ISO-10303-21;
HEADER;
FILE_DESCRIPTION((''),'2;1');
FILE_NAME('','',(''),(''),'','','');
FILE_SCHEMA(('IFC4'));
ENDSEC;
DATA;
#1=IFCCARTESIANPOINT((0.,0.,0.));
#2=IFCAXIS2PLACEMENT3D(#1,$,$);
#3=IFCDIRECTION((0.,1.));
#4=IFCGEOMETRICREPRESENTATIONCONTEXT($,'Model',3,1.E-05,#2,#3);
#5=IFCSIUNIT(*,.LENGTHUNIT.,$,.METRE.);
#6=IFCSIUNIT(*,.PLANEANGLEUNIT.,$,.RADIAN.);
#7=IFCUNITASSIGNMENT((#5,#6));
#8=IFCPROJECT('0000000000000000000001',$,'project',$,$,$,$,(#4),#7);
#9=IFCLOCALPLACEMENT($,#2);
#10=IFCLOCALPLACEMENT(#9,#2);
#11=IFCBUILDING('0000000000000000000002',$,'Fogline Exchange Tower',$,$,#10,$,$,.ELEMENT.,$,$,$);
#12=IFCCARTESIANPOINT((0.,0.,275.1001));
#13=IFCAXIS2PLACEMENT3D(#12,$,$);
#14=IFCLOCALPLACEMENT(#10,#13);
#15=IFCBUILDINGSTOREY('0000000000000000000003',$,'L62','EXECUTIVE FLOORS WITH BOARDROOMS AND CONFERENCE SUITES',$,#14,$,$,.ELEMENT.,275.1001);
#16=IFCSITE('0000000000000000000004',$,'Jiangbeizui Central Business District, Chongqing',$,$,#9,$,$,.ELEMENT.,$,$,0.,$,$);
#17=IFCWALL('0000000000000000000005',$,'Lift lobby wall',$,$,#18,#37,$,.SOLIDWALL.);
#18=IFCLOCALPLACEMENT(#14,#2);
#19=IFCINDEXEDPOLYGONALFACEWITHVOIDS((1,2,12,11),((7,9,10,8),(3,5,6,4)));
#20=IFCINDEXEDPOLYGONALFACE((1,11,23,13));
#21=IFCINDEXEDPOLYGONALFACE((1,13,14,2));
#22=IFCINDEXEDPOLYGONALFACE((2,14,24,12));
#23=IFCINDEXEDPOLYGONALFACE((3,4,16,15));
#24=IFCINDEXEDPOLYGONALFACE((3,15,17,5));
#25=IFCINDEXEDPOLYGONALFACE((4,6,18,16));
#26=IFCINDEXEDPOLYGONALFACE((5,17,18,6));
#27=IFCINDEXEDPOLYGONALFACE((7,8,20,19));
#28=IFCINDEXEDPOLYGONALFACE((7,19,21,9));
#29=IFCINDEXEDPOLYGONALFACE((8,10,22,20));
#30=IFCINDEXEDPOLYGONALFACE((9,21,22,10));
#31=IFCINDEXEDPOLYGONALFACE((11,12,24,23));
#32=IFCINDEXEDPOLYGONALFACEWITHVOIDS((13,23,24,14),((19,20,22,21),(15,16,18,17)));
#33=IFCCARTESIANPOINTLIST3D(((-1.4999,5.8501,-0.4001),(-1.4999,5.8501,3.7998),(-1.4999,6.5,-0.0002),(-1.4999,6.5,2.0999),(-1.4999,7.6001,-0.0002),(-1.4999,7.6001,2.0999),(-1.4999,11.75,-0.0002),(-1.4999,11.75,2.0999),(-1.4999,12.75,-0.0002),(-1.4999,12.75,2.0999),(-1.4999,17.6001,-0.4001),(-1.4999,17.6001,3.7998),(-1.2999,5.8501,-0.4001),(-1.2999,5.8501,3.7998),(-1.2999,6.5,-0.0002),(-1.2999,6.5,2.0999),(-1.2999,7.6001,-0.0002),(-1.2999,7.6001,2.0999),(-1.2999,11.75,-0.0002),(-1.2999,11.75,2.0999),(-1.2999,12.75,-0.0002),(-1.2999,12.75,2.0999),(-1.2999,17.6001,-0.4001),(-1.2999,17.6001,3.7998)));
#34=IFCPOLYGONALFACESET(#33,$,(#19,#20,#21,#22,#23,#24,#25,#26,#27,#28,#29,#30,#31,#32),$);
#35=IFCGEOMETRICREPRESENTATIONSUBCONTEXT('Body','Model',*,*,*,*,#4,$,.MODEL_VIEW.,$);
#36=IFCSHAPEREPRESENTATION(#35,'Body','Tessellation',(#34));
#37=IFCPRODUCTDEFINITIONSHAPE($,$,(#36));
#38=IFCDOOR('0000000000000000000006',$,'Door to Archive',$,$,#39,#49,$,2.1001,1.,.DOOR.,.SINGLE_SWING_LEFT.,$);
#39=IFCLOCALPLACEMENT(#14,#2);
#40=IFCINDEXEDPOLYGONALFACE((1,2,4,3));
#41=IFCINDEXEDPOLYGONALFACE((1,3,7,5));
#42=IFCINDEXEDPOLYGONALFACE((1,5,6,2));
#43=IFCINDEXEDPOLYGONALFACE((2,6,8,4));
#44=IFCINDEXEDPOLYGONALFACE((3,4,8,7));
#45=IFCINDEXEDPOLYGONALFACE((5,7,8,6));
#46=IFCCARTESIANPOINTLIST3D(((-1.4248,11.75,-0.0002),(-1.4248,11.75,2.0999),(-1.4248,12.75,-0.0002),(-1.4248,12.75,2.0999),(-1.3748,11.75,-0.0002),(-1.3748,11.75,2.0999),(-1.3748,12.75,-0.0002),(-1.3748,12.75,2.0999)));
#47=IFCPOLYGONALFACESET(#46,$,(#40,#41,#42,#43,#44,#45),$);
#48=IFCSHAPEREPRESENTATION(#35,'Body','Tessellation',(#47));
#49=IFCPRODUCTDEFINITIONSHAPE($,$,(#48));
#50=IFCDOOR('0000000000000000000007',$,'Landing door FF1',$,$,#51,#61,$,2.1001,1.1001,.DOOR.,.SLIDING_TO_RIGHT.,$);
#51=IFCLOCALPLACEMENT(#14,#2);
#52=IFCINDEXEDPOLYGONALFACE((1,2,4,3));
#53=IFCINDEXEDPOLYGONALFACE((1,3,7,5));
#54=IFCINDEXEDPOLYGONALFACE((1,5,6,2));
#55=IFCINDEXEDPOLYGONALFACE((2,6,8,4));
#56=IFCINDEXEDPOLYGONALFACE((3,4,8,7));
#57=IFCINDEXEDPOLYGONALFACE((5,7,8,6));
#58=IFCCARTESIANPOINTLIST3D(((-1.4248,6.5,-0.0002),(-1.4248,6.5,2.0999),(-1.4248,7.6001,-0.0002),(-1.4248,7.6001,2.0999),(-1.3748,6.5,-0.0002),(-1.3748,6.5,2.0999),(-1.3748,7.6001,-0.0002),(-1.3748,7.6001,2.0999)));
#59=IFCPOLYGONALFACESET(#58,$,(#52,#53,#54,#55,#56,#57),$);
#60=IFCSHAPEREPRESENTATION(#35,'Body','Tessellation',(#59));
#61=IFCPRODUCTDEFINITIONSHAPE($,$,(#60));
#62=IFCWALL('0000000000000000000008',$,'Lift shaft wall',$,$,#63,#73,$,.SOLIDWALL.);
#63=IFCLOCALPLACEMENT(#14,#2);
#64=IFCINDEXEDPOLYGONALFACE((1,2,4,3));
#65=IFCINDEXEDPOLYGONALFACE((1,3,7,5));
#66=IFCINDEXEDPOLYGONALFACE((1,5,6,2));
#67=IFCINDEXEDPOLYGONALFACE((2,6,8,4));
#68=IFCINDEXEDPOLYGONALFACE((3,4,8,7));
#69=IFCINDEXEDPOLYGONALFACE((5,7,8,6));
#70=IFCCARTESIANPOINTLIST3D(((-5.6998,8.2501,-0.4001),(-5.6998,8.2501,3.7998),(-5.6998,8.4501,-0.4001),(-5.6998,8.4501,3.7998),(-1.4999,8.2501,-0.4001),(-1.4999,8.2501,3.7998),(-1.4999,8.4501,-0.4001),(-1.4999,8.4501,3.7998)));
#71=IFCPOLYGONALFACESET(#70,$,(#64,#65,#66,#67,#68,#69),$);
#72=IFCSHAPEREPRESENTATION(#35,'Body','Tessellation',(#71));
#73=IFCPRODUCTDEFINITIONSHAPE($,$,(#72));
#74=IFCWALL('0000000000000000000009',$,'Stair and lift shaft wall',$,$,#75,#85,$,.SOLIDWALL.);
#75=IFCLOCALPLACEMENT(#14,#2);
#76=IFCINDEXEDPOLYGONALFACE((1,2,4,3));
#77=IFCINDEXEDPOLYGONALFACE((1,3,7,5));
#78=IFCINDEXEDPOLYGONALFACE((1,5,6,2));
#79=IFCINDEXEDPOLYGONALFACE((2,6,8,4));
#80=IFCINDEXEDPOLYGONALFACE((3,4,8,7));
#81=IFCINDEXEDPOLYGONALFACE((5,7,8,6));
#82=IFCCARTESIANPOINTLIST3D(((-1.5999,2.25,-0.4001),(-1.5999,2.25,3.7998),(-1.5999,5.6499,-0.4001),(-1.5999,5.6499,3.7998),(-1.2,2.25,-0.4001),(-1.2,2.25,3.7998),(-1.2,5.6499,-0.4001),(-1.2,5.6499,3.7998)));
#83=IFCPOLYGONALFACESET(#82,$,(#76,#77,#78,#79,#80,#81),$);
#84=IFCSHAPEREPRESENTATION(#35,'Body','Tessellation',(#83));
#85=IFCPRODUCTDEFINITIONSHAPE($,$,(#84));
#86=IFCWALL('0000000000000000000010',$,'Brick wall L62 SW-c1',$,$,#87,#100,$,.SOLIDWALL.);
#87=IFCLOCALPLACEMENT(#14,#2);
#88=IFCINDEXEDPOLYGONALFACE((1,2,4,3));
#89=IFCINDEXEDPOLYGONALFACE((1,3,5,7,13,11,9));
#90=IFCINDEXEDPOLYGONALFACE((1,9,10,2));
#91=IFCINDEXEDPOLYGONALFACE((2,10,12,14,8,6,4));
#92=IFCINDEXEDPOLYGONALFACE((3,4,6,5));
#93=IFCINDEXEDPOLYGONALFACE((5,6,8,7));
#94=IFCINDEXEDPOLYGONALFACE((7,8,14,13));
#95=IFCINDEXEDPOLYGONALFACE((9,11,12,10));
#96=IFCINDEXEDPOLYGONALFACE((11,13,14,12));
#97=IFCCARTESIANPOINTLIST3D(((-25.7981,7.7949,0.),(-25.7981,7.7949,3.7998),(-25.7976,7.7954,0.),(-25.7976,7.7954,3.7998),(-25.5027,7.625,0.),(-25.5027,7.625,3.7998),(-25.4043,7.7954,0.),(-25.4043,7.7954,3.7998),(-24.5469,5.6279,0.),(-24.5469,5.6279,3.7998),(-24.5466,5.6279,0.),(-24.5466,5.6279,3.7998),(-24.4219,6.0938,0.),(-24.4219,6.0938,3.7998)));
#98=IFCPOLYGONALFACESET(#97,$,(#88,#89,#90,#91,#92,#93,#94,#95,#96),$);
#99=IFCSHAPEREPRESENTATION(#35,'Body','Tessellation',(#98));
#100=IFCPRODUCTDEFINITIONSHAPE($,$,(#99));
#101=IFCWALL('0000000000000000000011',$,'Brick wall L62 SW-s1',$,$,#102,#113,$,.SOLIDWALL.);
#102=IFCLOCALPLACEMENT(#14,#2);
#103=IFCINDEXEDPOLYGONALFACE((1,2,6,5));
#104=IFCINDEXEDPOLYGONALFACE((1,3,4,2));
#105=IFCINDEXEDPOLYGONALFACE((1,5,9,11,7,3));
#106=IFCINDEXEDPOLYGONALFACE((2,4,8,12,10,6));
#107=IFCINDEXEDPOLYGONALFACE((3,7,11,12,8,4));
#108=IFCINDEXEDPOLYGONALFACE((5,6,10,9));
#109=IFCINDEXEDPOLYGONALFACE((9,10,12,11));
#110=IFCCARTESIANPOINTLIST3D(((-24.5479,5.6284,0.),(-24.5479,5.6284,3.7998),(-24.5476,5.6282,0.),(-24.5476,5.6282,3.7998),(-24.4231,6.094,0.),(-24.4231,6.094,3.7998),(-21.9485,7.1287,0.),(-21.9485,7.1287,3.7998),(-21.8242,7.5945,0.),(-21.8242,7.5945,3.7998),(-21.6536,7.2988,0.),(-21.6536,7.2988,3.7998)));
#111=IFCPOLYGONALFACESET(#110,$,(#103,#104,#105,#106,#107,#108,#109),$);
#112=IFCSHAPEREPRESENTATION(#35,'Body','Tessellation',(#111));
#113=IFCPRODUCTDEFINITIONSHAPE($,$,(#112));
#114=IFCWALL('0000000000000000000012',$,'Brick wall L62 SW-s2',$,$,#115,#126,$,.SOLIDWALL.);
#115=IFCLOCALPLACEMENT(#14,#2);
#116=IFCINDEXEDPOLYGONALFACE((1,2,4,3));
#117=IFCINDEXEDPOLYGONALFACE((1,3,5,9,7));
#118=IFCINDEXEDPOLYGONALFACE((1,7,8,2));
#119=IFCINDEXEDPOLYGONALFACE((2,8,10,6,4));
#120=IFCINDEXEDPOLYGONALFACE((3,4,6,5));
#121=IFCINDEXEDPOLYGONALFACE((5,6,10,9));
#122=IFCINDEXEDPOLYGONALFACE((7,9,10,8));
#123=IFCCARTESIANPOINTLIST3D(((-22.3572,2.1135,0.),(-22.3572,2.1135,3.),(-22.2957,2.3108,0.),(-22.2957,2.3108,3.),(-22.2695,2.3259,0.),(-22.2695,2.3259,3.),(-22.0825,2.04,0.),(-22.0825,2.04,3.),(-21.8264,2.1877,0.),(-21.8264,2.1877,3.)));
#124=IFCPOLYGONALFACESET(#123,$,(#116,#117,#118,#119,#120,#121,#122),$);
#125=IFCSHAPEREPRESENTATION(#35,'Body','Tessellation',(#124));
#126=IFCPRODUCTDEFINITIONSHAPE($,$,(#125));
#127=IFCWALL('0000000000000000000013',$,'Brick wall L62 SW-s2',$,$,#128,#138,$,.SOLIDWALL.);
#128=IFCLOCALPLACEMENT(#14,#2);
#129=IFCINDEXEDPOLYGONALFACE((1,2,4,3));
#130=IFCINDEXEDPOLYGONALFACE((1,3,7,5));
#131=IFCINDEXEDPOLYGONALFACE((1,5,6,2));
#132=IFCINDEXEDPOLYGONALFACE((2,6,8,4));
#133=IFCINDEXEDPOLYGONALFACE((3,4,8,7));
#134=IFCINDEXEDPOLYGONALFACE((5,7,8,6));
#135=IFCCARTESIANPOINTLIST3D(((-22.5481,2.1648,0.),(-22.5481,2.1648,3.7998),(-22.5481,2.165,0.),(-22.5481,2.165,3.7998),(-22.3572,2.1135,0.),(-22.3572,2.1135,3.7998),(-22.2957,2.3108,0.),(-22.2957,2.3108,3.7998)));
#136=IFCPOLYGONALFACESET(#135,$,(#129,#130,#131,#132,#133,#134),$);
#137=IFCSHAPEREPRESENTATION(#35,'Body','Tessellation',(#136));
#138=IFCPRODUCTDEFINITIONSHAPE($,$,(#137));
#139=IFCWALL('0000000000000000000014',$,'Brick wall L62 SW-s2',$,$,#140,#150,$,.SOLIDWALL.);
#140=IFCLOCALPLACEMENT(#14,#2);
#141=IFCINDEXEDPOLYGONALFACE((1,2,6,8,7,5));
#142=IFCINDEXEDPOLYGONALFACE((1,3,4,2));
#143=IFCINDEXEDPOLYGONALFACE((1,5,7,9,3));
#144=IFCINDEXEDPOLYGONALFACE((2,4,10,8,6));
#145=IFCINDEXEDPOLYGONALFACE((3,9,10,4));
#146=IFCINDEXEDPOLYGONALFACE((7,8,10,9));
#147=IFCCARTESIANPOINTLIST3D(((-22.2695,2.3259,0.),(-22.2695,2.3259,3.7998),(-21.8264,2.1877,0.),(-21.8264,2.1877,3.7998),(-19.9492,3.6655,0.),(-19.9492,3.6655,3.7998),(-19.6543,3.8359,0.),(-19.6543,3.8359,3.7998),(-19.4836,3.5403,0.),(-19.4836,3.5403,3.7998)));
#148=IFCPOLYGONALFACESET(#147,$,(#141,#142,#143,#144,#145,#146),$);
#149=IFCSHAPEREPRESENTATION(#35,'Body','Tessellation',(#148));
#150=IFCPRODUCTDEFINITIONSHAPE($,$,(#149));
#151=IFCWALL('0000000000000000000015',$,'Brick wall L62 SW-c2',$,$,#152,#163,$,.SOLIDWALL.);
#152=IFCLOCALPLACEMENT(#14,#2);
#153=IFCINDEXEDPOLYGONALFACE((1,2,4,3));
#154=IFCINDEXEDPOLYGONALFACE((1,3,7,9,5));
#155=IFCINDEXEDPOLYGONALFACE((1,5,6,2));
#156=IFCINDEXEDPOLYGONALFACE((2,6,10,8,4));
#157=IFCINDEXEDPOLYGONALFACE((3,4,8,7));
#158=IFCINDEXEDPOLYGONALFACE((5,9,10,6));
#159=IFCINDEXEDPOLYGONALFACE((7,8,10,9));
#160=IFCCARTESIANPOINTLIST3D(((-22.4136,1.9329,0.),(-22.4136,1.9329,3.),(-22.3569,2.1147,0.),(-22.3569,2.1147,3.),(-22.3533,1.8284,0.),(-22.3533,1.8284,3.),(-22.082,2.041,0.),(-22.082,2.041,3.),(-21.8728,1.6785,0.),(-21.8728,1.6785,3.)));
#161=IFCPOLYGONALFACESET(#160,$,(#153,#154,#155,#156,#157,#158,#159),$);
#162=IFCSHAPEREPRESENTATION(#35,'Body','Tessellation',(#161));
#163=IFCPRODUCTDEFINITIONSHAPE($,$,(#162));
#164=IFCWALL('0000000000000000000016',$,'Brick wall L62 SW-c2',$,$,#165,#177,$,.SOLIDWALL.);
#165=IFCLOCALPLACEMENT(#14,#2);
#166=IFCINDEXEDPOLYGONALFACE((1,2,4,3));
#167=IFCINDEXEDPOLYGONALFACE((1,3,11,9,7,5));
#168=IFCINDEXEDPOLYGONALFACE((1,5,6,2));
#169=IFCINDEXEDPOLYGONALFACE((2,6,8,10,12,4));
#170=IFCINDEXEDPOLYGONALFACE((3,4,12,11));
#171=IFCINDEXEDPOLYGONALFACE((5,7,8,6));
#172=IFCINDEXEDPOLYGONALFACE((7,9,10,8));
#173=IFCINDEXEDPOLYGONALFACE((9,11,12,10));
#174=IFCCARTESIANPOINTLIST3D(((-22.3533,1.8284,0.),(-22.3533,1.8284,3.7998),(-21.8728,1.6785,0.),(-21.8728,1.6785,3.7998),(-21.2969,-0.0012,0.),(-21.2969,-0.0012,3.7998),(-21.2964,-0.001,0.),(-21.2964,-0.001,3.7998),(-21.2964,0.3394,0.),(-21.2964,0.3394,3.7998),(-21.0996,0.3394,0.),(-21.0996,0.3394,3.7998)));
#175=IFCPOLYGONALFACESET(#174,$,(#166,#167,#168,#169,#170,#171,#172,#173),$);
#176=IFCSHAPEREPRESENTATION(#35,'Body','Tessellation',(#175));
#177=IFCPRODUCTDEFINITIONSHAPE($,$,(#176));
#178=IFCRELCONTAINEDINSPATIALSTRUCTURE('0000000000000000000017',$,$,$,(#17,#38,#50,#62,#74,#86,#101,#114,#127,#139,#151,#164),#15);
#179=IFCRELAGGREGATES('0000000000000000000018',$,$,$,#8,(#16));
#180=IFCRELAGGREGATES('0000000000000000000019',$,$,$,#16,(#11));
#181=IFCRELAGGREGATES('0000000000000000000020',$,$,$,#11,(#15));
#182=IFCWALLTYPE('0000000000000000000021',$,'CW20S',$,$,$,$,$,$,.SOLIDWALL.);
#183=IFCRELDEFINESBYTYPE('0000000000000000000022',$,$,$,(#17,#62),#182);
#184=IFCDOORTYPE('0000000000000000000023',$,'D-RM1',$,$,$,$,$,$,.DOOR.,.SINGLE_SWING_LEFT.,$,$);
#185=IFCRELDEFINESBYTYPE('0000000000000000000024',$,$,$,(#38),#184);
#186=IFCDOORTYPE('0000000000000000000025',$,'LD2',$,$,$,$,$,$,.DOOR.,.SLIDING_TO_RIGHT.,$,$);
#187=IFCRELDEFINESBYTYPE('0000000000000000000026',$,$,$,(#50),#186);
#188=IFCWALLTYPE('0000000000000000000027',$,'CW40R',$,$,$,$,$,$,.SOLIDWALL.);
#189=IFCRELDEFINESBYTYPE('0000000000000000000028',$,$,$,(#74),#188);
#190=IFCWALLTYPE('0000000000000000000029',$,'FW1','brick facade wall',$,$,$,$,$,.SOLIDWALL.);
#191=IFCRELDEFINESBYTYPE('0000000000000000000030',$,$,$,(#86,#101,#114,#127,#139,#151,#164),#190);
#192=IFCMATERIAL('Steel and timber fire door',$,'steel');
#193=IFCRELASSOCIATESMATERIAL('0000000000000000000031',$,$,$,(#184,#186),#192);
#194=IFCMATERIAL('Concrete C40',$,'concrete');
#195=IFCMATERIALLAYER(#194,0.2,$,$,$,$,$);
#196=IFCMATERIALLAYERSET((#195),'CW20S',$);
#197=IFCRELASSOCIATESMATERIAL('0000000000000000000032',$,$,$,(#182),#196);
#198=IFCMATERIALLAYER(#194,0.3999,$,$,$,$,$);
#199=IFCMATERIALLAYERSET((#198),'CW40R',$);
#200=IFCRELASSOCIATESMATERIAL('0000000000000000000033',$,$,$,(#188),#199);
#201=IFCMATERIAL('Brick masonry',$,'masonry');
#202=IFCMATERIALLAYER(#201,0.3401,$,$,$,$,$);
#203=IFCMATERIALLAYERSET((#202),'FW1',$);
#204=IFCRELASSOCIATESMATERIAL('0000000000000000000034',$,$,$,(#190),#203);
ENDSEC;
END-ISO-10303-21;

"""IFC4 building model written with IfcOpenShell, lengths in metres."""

from ifc_helpers import new_model, si_unit, direction, frame, frame_2d, origin, place, context, subcontext, project, spatial, polyline, rectangle, outline, extrude, material, layer, layer_set, type_object, element, fill, save


model = new_model("IFC4")

# Units and contexts
model_context = context("Model", 3, precision=1e-05, world=origin(), true_north=direction((0.0, 1.0)))
body_context = subcontext(model_context, "Body", "Model", "MODEL_VIEW")
ifc_project = project(units=[si_unit("LENGTHUNIT", "METRE"), si_unit("PLANEANGLEUNIT", "RADIAN")], contexts=[model_context])

# Site, building, storey
site_placement = place(None, origin())
site = spatial("IfcSite", under=ifc_project, at=site_placement, Name="Jiangbeizui Central Business District, Chongqing", CompositionType="ELEMENT", RefElevation=0.0)
building_placement = place(site_placement, origin())
building = spatial("IfcBuilding", under=site, at=building_placement, Name="Fogline Exchange Tower", CompositionType="ELEMENT")
storey_placement = place(building_placement, frame((0.0, 0.0, 275.1001)))
storey = spatial("IfcBuildingStorey", under=building, at=storey_placement, Name="L62", Description="EXECUTIVE FLOORS WITH BOARDROOMS AND CONFERENCE SUITES", CompositionType="ELEMENT", Elevation=275.1001)

# Shared definitions
ifc_material_1 = material(Name="Concrete C40", Category="concrete")

# Shared definitions
ifc_material_2 = material(Name="Steel and timber fire door", Category="steel")
door_type_1 = type_object("IfcDoorType", Name="D-RM1", OperationType="SINGLE_SWING_LEFT", PredefinedType="DOOR", material=ifc_material_2)
ifc_layer_1 = layer(ifc_material_1, 0.2)
ifc_layer_set_1 = layer_set([ifc_layer_1], Name="CW20S")
wall_type_1 = type_object("IfcWallType", Name="CW20S", PredefinedType="SOLIDWALL", material=ifc_layer_set_1)

# Wall, openings, doors
wall_1_placement = place(storey_placement, frame((-1.3999, 5.8501, -0.4001), z_axis=(0.0, 0.0, 1.0), x_axis=(0.0, 1.0, 0.0)))
wall_1 = element("IfcWall", 1, at=wall_1_placement, inside=storey, type_object=wall_type_1, Name="Lift lobby wall", PredefinedType="SOLIDWALL", context=body_context, shape_type="SweptSolid", body=[
    extrude(rectangle(XDim=11.75, YDim=0.2, at=frame_2d((5.875, 0.0))), origin(), (0.0, 0.0, 1.0), 4.2),
])
opening_1_placement = place(wall_1_placement, frame((0.6499, 0.0, 0.3999)))
opening_1 = element("IfcOpeningElement", 2, at=opening_1_placement, cuts=wall_1, PredefinedType="OPENING", context=body_context, shape_type="SweptSolid", body=[
    extrude(rectangle(XDim=1.1001, YDim=2.1001, at=frame_2d((0.55, 1.05))), frame((0.0, 0.1099, 0.0), z_axis=(0.0, -1.0, 0.0), x_axis=(1.0, 0.0, 0.0)), (0.0, 0.0, 1.0), 0.22),
])
opening_2_placement = place(wall_1_placement, frame((5.8999, 0.0, 0.3999)))
opening_2 = element("IfcOpeningElement", 3, at=opening_2_placement, cuts=wall_1, PredefinedType="OPENING", context=body_context, shape_type="SweptSolid", body=[
    extrude(rectangle(XDim=1.0, YDim=2.1001, at=frame_2d((0.5, 1.05))), frame((0.0, 0.1099, 0.0), z_axis=(0.0, -1.0, 0.0), x_axis=(1.0, 0.0, 0.0)), (0.0, 0.0, 1.0), 0.22),
])
door_1_placement = place(opening_2_placement, origin())
door_1 = element("IfcDoor", 4, at=door_1_placement, inside=storey, type_object=door_type_1, Name="Door to Archive", OperationType="SINGLE_SWING_LEFT", OverallHeight=2.1001, OverallWidth=1.0, PredefinedType="DOOR", context=body_context, shape_type="SweptSolid", body=[
    extrude(rectangle(XDim=1.0, YDim=2.1001, at=frame_2d((0.5, 1.05))), frame((0.0, 0.0249, 0.0), z_axis=(0.0, -1.0, 0.0), x_axis=(1.0, 0.0, 0.0)), (0.0, 0.0, 1.0), 0.05),
])
fill(opening_2, door_1)
door_type_2 = type_object("IfcDoorType", Name="LD2", OperationType="SLIDING_TO_RIGHT", PredefinedType="DOOR", material=ifc_material_2)
door_2_placement = place(opening_1_placement, origin())
door_2 = element("IfcDoor", 5, at=door_2_placement, inside=storey, type_object=door_type_2, Name="Landing door FF1", OperationType="SLIDING_TO_RIGHT", OverallHeight=2.1001, OverallWidth=1.1001, PredefinedType="DOOR", context=body_context, shape_type="SweptSolid", body=[
    extrude(rectangle(XDim=1.1001, YDim=2.1001, at=frame_2d((0.55, 1.05))), frame((0.0, 0.0249, 0.0), z_axis=(0.0, -1.0, 0.0), x_axis=(1.0, 0.0, 0.0)), (0.0, 0.0, 1.0), 0.05),
])
fill(opening_1, door_2)

# Walls
wall_2_placement = place(storey_placement, frame((-5.7, 8.3501, -0.4001), z_axis=(0.0, 0.0, 1.0), x_axis=(1.0, 0.0, 0.0)))
element("IfcWall", 6, at=wall_2_placement, inside=storey, type_object=wall_type_1, Name="Lift shaft wall", PredefinedType="SOLIDWALL", context=body_context, shape_type="SweptSolid", body=[
    extrude(rectangle(XDim=4.2, YDim=0.2, at=frame_2d((2.1001, 0.0))), origin(), (0.0, 0.0, 1.0), 4.2),
])
ifc_layer_2 = layer(ifc_material_1, 0.3999)
ifc_layer_set_2 = layer_set([ifc_layer_2], Name="CW40R")
wall_type_2 = type_object("IfcWallType", Name="CW40R", PredefinedType="SOLIDWALL", material=ifc_layer_set_2)
wall_3_placement = place(storey_placement, frame((-1.3999, 2.25, -0.4001), z_axis=(0.0, 0.0, 1.0), x_axis=(0.0, 1.0, 0.0)))
element("IfcWall", 7, at=wall_3_placement, inside=storey, type_object=wall_type_2, Name="Stair and lift shaft wall", PredefinedType="SOLIDWALL", context=body_context, shape_type="SweptSolid", body=[
    extrude(rectangle(XDim=3.3999, YDim=0.3999, at=frame_2d((1.7, 0.0))), origin(), (0.0, 0.0, 1.0), 4.2),
])
ifc_material_3 = material(Name="Brick masonry", Category="masonry")
ifc_layer_3 = layer(ifc_material_3, 0.3401)
ifc_layer_set_3 = layer_set([ifc_layer_3], Name="FW1")
wall_type_3 = type_object("IfcWallType", Name="FW1", Description="brick facade wall", PredefinedType="SOLIDWALL", material=ifc_layer_set_3)
wall_4_placement = place(storey_placement, origin())
element("IfcWall", 8, at=wall_4_placement, inside=storey, type_object=wall_type_3, Name="Brick wall L62 SW-c1", PredefinedType="SOLIDWALL", context=body_context, shape_type="SweptSolid", body=[
    extrude(outline(polyline([(-24.5469, 5.6279), (-25.7981, 7.7949), (-25.7976, 7.7954), (-25.5027, 7.625), (-25.4043, 7.7954), (-24.4219, 6.0938), (-24.5466, 5.6279), (-24.5469, 5.6279)])), origin(), (0.0, 0.0, 1.0), 3.7998),
])
wall_5_placement = place(storey_placement, origin())
element("IfcWall", 9, at=wall_5_placement, inside=storey, type_object=wall_type_3, Name="Brick wall L62 SW-s1", PredefinedType="SOLIDWALL", context=body_context, shape_type="SweptSolid", body=[
    extrude(outline(polyline([(-21.8242, 7.5945), (-21.6536, 7.2988), (-21.9485, 7.1287), (-24.5476, 5.6282), (-24.5479, 5.6284), (-24.4231, 6.094), (-21.8242, 7.5945)])), origin(), (0.0, 0.0, 1.0), 3.7998),
])
wall_6_placement = place(storey_placement, origin())
element("IfcWall", 10, at=wall_6_placement, inside=storey, type_object=wall_type_3, Name="Brick wall L62 SW-s2", PredefinedType="SOLIDWALL", context=body_context, shape_type="SweptSolid", body=[
    extrude(outline(polyline([(-22.2695, 2.3259), (-21.8264, 2.1877), (-22.0825, 2.04), (-22.3572, 2.1135), (-22.2957, 2.3108), (-22.2695, 2.3259)])), origin(), (0.0, 0.0, 1.0), 3.0),
])
wall_7_placement = place(storey_placement, origin())
element("IfcWall", 11, at=wall_7_placement, inside=storey, type_object=wall_type_3, Name="Brick wall L62 SW-s2", PredefinedType="SOLIDWALL", context=body_context, shape_type="SweptSolid", body=[
    extrude(outline(polyline([(-22.2957, 2.3108), (-22.3572, 2.1135), (-22.5481, 2.1648), (-22.5481, 2.165), (-22.2957, 2.3108)])), origin(), (0.0, 0.0, 1.0), 3.7998),
])
wall_8_placement = place(storey_placement, origin())
element("IfcWall", 12, at=wall_8_placement, inside=storey, type_object=wall_type_3, Name="Brick wall L62 SW-s2", PredefinedType="SOLIDWALL", context=body_context, shape_type="SweptSolid", body=[
    extrude(outline(polyline([(-19.9492, 3.6655), (-19.6543, 3.8359), (-19.4836, 3.5403), (-21.8264, 2.1877), (-22.2695, 2.3259), (-19.9492, 3.6655)])), origin(), (0.0, 0.0, 1.0), 3.7998),
])
wall_9_placement = place(storey_placement, origin())
element("IfcWall", 13, at=wall_9_placement, inside=storey, type_object=wall_type_3, Name="Brick wall L62 SW-c2", PredefinedType="SOLIDWALL", context=body_context, shape_type="SweptSolid", body=[
    extrude(outline(polyline([(-22.4136, 1.9329), (-22.3569, 2.1147), (-22.082, 2.041), (-21.8728, 1.6785), (-22.3533, 1.8284), (-22.4136, 1.9329)])), origin(), (0.0, 0.0, 1.0), 3.0),
])
wall_10_placement = place(storey_placement, origin())
element("IfcWall", 14, at=wall_10_placement, inside=storey, type_object=wall_type_3, Name="Brick wall L62 SW-c2", PredefinedType="SOLIDWALL", context=body_context, shape_type="SweptSolid", body=[
    extrude(outline(polyline([(-21.2964, 0.3394), (-21.2964, -0.001), (-21.2969, -0.0012), (-22.3533, 1.8284), (-21.8728, 1.6785), (-21.0996, 0.3394), (-21.2964, 0.3394)])), origin(), (0.0, 0.0, 1.0), 3.7998),
])

save(model, "model.ifc")
